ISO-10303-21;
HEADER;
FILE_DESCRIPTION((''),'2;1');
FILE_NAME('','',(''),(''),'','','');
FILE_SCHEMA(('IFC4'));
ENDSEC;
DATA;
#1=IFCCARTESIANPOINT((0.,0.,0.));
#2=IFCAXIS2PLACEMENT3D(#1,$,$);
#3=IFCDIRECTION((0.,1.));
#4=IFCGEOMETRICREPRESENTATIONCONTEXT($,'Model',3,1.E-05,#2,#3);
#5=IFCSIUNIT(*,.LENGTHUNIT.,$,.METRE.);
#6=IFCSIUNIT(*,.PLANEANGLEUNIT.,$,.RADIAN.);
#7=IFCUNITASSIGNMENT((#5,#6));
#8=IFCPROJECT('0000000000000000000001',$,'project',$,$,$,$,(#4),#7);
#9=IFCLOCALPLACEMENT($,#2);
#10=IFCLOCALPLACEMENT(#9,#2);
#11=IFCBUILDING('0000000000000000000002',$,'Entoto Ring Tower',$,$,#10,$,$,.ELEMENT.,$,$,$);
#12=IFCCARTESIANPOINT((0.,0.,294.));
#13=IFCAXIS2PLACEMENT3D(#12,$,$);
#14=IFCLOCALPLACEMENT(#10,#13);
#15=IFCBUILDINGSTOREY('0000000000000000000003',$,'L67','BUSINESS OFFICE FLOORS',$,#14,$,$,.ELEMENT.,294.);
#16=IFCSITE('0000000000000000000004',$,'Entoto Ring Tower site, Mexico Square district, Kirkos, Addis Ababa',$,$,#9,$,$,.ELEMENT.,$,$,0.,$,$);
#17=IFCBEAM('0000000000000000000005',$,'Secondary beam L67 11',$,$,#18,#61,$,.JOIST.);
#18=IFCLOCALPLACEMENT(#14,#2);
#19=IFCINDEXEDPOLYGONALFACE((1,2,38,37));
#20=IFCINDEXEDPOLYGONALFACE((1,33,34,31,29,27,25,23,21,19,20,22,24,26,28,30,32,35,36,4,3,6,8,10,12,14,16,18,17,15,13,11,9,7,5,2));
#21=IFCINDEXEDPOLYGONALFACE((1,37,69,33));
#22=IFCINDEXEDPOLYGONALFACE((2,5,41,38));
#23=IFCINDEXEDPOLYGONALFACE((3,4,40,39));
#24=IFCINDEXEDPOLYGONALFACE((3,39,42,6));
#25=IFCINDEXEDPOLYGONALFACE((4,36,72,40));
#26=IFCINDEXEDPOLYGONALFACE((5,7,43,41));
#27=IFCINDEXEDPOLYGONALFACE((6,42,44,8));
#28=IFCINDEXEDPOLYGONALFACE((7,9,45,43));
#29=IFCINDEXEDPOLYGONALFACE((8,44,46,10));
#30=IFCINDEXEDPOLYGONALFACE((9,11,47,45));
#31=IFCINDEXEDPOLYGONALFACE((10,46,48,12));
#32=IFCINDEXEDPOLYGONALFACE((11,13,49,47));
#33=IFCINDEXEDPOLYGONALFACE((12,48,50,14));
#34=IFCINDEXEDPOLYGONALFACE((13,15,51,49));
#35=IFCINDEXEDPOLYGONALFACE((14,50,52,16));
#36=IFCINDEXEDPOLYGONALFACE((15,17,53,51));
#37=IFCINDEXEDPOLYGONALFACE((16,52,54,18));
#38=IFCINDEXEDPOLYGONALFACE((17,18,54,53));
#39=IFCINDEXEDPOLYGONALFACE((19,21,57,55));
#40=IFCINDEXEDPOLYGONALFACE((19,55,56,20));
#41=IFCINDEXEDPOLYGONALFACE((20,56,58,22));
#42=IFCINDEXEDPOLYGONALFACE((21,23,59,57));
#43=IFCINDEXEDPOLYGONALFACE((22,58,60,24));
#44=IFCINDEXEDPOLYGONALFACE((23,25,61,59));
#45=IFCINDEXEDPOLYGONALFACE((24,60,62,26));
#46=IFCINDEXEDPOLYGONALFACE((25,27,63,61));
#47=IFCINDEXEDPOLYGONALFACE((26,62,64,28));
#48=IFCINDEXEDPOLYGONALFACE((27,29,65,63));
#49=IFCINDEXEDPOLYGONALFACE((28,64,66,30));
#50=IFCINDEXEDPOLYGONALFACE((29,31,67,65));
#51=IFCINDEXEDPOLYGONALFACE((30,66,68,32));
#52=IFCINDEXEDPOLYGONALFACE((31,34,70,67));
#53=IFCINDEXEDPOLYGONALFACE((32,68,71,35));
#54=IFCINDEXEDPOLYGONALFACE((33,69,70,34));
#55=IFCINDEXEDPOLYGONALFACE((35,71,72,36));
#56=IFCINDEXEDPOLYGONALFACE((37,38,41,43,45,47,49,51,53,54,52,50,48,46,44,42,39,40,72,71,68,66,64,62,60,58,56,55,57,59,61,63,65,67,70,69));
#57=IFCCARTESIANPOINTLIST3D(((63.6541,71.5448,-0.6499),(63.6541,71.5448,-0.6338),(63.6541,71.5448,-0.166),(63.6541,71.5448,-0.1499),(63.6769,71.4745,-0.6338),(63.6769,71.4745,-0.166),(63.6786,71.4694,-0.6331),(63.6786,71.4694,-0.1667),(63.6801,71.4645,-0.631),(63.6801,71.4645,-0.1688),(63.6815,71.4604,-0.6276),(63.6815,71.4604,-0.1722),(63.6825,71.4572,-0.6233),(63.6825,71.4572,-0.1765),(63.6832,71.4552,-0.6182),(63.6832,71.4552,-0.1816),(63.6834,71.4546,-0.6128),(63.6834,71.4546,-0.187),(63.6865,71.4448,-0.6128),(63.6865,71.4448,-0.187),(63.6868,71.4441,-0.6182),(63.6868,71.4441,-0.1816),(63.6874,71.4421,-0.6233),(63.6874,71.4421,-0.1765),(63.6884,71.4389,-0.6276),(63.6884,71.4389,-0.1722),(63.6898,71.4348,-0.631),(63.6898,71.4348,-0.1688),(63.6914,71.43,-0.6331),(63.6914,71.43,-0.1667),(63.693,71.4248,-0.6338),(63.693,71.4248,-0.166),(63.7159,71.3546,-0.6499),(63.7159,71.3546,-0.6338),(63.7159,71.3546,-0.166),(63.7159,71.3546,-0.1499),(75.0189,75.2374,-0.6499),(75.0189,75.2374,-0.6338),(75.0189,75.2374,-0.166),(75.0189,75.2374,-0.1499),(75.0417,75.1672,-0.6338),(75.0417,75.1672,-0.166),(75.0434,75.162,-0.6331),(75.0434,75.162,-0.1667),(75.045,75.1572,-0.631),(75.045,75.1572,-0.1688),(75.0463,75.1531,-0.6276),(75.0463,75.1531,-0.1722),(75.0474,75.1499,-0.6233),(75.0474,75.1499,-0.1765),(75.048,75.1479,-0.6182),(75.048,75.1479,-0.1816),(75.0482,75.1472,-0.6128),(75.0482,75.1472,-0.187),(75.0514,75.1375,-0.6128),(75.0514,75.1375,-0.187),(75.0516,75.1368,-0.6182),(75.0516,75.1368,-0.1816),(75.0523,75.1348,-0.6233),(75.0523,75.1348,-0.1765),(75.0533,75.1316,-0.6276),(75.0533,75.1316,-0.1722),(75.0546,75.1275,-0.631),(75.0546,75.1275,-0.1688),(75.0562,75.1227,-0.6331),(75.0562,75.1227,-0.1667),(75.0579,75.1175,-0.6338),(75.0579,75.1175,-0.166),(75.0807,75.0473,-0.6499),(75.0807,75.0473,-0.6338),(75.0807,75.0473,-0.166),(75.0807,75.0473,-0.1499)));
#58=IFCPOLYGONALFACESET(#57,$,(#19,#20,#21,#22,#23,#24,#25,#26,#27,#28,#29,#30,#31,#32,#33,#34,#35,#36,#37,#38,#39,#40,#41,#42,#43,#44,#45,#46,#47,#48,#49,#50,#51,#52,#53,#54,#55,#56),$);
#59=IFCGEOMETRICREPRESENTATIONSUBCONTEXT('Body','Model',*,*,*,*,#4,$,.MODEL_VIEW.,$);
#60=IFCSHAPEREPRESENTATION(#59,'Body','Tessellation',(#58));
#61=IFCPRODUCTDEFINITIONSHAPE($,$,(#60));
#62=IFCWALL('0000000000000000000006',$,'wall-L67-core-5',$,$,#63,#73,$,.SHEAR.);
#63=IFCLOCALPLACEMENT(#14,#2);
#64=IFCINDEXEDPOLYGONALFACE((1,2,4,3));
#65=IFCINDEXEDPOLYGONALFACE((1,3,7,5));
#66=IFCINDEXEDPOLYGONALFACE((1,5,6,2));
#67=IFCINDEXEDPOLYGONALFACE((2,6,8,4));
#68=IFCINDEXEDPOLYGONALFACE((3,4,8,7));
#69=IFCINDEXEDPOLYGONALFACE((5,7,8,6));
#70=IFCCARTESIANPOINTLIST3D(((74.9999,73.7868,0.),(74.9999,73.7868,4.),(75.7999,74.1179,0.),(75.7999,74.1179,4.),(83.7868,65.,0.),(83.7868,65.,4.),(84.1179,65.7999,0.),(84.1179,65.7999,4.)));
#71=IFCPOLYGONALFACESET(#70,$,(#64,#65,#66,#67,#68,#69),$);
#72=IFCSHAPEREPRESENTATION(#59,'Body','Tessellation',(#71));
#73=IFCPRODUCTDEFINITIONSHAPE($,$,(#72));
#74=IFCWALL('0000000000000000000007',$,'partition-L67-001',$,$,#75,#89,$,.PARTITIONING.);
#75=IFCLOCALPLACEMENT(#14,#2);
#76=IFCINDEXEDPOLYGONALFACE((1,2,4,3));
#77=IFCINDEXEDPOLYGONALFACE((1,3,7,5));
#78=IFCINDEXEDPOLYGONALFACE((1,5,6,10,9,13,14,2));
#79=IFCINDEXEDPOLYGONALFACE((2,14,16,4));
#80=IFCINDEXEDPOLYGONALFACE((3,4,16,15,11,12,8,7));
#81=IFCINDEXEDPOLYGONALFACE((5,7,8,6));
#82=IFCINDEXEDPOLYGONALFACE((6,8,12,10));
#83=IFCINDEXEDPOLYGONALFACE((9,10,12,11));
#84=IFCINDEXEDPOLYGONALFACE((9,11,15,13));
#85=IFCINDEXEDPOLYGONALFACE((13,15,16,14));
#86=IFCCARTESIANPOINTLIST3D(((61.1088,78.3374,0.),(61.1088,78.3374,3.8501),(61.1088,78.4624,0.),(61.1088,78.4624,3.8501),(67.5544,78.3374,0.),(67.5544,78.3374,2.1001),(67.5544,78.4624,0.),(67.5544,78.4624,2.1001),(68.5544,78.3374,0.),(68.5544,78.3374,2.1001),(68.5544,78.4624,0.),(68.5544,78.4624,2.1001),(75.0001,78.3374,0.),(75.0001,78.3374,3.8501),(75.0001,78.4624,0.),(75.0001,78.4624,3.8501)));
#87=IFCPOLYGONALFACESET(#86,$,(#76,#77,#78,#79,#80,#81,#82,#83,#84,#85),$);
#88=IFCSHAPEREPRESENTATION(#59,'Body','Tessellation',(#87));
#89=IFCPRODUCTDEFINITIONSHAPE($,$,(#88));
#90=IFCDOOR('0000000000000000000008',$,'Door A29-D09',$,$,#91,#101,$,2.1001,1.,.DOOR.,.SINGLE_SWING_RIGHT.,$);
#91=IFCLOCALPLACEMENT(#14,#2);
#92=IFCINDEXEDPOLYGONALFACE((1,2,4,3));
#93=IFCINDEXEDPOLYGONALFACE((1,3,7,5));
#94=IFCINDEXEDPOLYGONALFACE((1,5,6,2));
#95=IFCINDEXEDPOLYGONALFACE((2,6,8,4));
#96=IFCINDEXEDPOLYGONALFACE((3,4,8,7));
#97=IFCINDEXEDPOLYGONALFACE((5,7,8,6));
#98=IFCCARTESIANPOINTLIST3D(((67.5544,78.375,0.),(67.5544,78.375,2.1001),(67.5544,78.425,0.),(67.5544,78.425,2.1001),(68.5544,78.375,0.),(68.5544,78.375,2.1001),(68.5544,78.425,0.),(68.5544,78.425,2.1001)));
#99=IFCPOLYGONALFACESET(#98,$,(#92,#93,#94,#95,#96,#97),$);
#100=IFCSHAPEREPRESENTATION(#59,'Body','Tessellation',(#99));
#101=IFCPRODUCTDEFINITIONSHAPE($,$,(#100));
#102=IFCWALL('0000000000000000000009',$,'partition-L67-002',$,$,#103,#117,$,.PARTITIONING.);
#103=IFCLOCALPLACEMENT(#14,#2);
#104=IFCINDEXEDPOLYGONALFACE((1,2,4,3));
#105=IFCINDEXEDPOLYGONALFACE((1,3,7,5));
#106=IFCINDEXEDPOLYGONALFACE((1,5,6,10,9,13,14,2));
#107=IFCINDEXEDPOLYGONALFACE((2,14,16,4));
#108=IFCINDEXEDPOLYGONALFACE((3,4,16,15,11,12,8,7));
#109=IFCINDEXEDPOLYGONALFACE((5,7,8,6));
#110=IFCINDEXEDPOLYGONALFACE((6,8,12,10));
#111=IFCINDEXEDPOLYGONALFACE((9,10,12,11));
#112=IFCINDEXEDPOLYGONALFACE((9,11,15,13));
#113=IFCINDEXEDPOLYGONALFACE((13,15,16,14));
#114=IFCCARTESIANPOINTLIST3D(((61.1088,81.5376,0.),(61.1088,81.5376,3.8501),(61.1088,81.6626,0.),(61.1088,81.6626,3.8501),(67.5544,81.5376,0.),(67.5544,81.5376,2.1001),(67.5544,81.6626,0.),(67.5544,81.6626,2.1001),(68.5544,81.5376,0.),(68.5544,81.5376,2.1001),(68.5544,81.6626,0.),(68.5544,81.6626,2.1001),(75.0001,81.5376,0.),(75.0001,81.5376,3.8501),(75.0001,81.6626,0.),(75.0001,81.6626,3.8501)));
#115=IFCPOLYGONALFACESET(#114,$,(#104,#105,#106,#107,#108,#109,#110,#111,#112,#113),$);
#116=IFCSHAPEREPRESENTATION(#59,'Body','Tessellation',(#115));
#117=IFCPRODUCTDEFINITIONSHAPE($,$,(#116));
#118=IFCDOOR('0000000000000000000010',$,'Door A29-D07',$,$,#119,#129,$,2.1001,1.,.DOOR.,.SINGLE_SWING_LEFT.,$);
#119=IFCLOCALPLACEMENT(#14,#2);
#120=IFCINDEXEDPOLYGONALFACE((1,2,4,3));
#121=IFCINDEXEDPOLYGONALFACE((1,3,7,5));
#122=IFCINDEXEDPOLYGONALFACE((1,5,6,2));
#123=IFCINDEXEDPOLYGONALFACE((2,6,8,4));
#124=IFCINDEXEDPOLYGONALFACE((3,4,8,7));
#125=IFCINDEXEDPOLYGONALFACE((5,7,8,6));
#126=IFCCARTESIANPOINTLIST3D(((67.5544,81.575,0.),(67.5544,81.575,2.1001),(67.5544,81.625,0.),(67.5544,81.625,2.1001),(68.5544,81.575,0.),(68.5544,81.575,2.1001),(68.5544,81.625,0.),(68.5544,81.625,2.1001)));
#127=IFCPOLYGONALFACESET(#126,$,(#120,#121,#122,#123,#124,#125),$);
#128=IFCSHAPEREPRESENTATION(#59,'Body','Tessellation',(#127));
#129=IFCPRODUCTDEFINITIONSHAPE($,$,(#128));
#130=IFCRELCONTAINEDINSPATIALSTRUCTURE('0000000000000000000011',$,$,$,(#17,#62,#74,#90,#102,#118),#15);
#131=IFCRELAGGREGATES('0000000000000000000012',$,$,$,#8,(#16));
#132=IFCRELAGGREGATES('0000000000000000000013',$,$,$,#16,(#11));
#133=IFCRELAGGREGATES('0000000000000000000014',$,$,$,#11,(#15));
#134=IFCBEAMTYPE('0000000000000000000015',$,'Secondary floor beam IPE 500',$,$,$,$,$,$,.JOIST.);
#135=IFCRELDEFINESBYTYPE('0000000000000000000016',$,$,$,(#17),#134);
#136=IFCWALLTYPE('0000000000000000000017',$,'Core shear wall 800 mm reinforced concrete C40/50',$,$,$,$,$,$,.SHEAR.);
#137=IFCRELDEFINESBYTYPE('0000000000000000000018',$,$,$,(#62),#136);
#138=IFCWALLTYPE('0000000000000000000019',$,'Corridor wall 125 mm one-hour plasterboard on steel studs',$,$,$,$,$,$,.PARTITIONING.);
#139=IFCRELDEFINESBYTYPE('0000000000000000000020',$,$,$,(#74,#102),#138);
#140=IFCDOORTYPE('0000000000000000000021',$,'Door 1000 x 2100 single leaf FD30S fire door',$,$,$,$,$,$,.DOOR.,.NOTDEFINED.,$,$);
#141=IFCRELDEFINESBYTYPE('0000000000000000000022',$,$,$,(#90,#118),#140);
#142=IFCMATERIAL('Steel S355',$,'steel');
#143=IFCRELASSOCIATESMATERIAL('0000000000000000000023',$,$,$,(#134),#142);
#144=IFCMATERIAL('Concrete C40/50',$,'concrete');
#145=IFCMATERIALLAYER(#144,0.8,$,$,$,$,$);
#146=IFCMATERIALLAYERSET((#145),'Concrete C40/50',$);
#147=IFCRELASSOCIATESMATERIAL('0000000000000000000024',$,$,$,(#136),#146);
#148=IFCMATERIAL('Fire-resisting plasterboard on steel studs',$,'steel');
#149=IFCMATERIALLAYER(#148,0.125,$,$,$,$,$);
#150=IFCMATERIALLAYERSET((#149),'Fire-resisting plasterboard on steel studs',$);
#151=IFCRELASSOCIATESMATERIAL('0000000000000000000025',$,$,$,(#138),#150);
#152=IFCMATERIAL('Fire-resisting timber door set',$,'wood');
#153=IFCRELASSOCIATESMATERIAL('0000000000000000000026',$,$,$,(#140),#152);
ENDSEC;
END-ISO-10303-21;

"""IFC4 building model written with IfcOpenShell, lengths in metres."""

from ifc_helpers import new_model, si_unit, direction, frame, frame_2d, origin, origin_2d, place, context, subcontext, project, spatial, polyline, rectangle, i_section, outline, extrude, material, layer, layer_set, material_profile, profile_set, type_object, element, fill, save


model = new_model("IFC4")

# Units and contexts
model_context = context("Model", 3, precision=1e-05, world=origin(), true_north=direction((0.0, 1.0)))
body_context = subcontext(model_context, "Body", "Model", "MODEL_VIEW")
ifc_project = project(units=[si_unit("LENGTHUNIT", "METRE"), si_unit("PLANEANGLEUNIT", "RADIAN")], contexts=[model_context])

# Site, building, storey
site_placement = place(None, origin())
site = spatial("IfcSite", under=ifc_project, at=site_placement, Name="Entoto Ring Tower site, Mexico Square district, Kirkos, Addis Ababa", CompositionType="ELEMENT", RefElevation=0.0)
building_placement = place(site_placement, origin())
building = spatial("IfcBuilding", under=site, at=building_placement, Name="Entoto Ring Tower", CompositionType="ELEMENT")
storey_placement = place(building_placement, frame((0.0, 0.0, 294.0)))
storey = spatial("IfcBuildingStorey", under=building, at=storey_placement, Name="L67", Description="BUSINESS OFFICE FLOORS", CompositionType="ELEMENT", Elevation=294.0)

# Beam
ifc_material_1 = material(Name="Steel S355", Category="steel")
ifc_material_profile_1 = material_profile(ifc_material_1, i_section(OverallWidth=0.2, OverallDepth=0.5, WebThickness=0.0103, FlangeThickness=0.0161, FilletRadius=0.021, at=origin_2d()), Name="IPE 500")
ifc_profile_set_1 = profile_set([ifc_material_profile_1], Name="Steel S355")
beam_type_1 = type_object("IfcBeamType", Name="Secondary floor beam IPE 500", PredefinedType="JOIST", material=ifc_profile_set_1)
beam_1_placement = place(storey_placement, frame((75.0498, 75.1423, -0.3999), z_axis=(-0.951057, -0.309017, 0.0), x_axis=(0.309017, -0.951057, 0.0)))
element("IfcBeam", 1, at=beam_1_placement, inside=storey, type_object=beam_type_1, Name="Secondary beam L67 11", PredefinedType="JOIST", context=body_context, shape_type="SweptSolid", body=[
    extrude(i_section(OverallWidth=0.2, OverallDepth=0.5, WebThickness=0.0103, FlangeThickness=0.0161, FilletRadius=0.021, at=origin_2d()), origin(), (0.0, 0.0, 1.0), 11.9497),
])

# Wall
ifc_material_2 = material(Name="Concrete C40/50", Category="concrete")
ifc_layer_1 = layer(ifc_material_2, 0.8)
ifc_layer_set_1 = layer_set([ifc_layer_1], Name="Concrete C40/50")
wall_type_1 = type_object("IfcWallType", Name="Core shear wall 800 mm reinforced concrete C40/50", PredefinedType="SHEAR", material=ifc_layer_set_1)
wall_1_placement = place(storey_placement, frame((75.3999, 73.9524, 0.0), z_axis=(0.0, 0.0, 1.0), x_axis=(0.707107, -0.707107, 0.0)))
element("IfcWall", 2, at=wall_1_placement, inside=storey, type_object=wall_type_1, Name="wall-L67-core-5", PredefinedType="SHEAR", context=body_context, shape_type="SweptSolid", body=[
    extrude(outline(polyline([(-0.1658, -0.3999), (12.2607, -0.3999), (11.9292, 0.3999), (0.1658, 0.3999), (-0.1658, -0.3999)])), origin(), (0.0, 0.0, 1.0), 4.0),
])

# Walls, openings, doors
ifc_material_3 = material(Name="Fire-resisting plasterboard on steel studs", Category="steel")
ifc_layer_2 = layer(ifc_material_3, 0.125)
ifc_layer_set_2 = layer_set([ifc_layer_2], Name="Fire-resisting plasterboard on steel studs")
wall_type_2 = type_object("IfcWallType", Name="Corridor wall 125 mm one-hour plasterboard on steel studs", PredefinedType="PARTITIONING", material=ifc_layer_set_2)
wall_2_placement = place(storey_placement, frame((61.1086, 78.3999, 0.0), z_axis=(0.0, 0.0, 1.0), x_axis=(1.0, 0.0, 0.0)))
wall_2 = element("IfcWall", 3, at=wall_2_placement, inside=storey, type_object=wall_type_2, Name="partition-L67-001", PredefinedType="PARTITIONING", context=body_context, shape_type="SweptSolid", body=[
    extrude(rectangle(XDim=13.8914, YDim=0.125, at=frame_2d((6.9458, 0.0))), origin(), (0.0, 0.0, 1.0), 3.8501),
])
opening_1_placement = place(wall_2_placement, frame((6.4458, 0.0, 0.0)))
opening_1 = element("IfcOpeningElement", 4, at=opening_1_placement, cuts=wall_2, PredefinedType="OPENING", context=body_context, shape_type="SweptSolid", body=[
    extrude(rectangle(XDim=1.0, YDim=2.1001, at=frame_2d((0.5, 1.05))), frame((0.0, 0.0725, 0.0), z_axis=(0.0, -1.0, 0.0), x_axis=(1.0, 0.0, 0.0)), (0.0, 0.0, 1.0), 0.145),
])
ifc_material_4 = material(Name="Fire-resisting timber door set", Category="wood")
door_type = type_object("IfcDoorType", Name="Door 1000 x 2100 single leaf FD30S fire door", OperationType="NOTDEFINED", PredefinedType="DOOR", material=ifc_material_4)
door_1_placement = place(opening_1_placement, frame((1.0, 0.0, 0.0), z_axis=(0.0, 0.0, 1.0), x_axis=(-1.0, 0.0, 0.0)))
door_1 = element("IfcDoor", 5, at=door_1_placement, inside=storey, type_object=door_type, Name="Door A29-D09", OperationType="SINGLE_SWING_RIGHT", OverallHeight=2.1001, OverallWidth=1.0, PredefinedType="DOOR", context=body_context, shape_type="SweptSolid", body=[
    extrude(rectangle(XDim=1.0, YDim=2.1001, at=frame_2d((0.5, 1.05))), frame((0.0, 0.0249, 0.0), z_axis=(0.0, -1.0, 0.0), x_axis=(1.0, 0.0, 0.0)), (0.0, 0.0, 1.0), 0.05),
])
fill(opening_1, door_1)
wall_3_placement = place(storey_placement, frame((61.1086, 81.6001, 0.0), z_axis=(0.0, 0.0, 1.0), x_axis=(1.0, 0.0, 0.0)))
wall_3 = element("IfcWall", 6, at=wall_3_placement, inside=storey, type_object=wall_type_2, Name="partition-L67-002", PredefinedType="PARTITIONING", context=body_context, shape_type="SweptSolid", body=[
    extrude(rectangle(XDim=13.8914, YDim=0.125, at=frame_2d((6.9458, 0.0))), origin(), (0.0, 0.0, 1.0), 3.8501),
])
opening_2_placement = place(wall_3_placement, frame((6.4458, 0.0, 0.0)))
opening_2 = element("IfcOpeningElement", 7, at=opening_2_placement, cuts=wall_3, PredefinedType="OPENING", context=body_context, shape_type="SweptSolid", body=[
    extrude(rectangle(XDim=1.0, YDim=2.1001, at=frame_2d((0.5, 1.05))), frame((0.0, 0.0725, 0.0), z_axis=(0.0, -1.0, 0.0), x_axis=(1.0, 0.0, 0.0)), (0.0, 0.0, 1.0), 0.145),
])
door_2_placement = place(opening_2_placement, origin())
door_2 = element("IfcDoor", 8, at=door_2_placement, inside=storey, type_object=door_type, Name="Door A29-D07", OperationType="SINGLE_SWING_LEFT", OverallHeight=2.1001, OverallWidth=1.0, PredefinedType="DOOR", context=body_context, shape_type="SweptSolid", body=[
    extrude(rectangle(XDim=1.0, YDim=2.1001, at=frame_2d((0.5, 1.05))), frame((0.0, 0.0249, 0.0), z_axis=(0.0, -1.0, 0.0), x_axis=(1.0, 0.0, 0.0)), (0.0, 0.0, 1.0), 0.05),
])
fill(opening_2, door_2)

save(model, "model.ifc")
